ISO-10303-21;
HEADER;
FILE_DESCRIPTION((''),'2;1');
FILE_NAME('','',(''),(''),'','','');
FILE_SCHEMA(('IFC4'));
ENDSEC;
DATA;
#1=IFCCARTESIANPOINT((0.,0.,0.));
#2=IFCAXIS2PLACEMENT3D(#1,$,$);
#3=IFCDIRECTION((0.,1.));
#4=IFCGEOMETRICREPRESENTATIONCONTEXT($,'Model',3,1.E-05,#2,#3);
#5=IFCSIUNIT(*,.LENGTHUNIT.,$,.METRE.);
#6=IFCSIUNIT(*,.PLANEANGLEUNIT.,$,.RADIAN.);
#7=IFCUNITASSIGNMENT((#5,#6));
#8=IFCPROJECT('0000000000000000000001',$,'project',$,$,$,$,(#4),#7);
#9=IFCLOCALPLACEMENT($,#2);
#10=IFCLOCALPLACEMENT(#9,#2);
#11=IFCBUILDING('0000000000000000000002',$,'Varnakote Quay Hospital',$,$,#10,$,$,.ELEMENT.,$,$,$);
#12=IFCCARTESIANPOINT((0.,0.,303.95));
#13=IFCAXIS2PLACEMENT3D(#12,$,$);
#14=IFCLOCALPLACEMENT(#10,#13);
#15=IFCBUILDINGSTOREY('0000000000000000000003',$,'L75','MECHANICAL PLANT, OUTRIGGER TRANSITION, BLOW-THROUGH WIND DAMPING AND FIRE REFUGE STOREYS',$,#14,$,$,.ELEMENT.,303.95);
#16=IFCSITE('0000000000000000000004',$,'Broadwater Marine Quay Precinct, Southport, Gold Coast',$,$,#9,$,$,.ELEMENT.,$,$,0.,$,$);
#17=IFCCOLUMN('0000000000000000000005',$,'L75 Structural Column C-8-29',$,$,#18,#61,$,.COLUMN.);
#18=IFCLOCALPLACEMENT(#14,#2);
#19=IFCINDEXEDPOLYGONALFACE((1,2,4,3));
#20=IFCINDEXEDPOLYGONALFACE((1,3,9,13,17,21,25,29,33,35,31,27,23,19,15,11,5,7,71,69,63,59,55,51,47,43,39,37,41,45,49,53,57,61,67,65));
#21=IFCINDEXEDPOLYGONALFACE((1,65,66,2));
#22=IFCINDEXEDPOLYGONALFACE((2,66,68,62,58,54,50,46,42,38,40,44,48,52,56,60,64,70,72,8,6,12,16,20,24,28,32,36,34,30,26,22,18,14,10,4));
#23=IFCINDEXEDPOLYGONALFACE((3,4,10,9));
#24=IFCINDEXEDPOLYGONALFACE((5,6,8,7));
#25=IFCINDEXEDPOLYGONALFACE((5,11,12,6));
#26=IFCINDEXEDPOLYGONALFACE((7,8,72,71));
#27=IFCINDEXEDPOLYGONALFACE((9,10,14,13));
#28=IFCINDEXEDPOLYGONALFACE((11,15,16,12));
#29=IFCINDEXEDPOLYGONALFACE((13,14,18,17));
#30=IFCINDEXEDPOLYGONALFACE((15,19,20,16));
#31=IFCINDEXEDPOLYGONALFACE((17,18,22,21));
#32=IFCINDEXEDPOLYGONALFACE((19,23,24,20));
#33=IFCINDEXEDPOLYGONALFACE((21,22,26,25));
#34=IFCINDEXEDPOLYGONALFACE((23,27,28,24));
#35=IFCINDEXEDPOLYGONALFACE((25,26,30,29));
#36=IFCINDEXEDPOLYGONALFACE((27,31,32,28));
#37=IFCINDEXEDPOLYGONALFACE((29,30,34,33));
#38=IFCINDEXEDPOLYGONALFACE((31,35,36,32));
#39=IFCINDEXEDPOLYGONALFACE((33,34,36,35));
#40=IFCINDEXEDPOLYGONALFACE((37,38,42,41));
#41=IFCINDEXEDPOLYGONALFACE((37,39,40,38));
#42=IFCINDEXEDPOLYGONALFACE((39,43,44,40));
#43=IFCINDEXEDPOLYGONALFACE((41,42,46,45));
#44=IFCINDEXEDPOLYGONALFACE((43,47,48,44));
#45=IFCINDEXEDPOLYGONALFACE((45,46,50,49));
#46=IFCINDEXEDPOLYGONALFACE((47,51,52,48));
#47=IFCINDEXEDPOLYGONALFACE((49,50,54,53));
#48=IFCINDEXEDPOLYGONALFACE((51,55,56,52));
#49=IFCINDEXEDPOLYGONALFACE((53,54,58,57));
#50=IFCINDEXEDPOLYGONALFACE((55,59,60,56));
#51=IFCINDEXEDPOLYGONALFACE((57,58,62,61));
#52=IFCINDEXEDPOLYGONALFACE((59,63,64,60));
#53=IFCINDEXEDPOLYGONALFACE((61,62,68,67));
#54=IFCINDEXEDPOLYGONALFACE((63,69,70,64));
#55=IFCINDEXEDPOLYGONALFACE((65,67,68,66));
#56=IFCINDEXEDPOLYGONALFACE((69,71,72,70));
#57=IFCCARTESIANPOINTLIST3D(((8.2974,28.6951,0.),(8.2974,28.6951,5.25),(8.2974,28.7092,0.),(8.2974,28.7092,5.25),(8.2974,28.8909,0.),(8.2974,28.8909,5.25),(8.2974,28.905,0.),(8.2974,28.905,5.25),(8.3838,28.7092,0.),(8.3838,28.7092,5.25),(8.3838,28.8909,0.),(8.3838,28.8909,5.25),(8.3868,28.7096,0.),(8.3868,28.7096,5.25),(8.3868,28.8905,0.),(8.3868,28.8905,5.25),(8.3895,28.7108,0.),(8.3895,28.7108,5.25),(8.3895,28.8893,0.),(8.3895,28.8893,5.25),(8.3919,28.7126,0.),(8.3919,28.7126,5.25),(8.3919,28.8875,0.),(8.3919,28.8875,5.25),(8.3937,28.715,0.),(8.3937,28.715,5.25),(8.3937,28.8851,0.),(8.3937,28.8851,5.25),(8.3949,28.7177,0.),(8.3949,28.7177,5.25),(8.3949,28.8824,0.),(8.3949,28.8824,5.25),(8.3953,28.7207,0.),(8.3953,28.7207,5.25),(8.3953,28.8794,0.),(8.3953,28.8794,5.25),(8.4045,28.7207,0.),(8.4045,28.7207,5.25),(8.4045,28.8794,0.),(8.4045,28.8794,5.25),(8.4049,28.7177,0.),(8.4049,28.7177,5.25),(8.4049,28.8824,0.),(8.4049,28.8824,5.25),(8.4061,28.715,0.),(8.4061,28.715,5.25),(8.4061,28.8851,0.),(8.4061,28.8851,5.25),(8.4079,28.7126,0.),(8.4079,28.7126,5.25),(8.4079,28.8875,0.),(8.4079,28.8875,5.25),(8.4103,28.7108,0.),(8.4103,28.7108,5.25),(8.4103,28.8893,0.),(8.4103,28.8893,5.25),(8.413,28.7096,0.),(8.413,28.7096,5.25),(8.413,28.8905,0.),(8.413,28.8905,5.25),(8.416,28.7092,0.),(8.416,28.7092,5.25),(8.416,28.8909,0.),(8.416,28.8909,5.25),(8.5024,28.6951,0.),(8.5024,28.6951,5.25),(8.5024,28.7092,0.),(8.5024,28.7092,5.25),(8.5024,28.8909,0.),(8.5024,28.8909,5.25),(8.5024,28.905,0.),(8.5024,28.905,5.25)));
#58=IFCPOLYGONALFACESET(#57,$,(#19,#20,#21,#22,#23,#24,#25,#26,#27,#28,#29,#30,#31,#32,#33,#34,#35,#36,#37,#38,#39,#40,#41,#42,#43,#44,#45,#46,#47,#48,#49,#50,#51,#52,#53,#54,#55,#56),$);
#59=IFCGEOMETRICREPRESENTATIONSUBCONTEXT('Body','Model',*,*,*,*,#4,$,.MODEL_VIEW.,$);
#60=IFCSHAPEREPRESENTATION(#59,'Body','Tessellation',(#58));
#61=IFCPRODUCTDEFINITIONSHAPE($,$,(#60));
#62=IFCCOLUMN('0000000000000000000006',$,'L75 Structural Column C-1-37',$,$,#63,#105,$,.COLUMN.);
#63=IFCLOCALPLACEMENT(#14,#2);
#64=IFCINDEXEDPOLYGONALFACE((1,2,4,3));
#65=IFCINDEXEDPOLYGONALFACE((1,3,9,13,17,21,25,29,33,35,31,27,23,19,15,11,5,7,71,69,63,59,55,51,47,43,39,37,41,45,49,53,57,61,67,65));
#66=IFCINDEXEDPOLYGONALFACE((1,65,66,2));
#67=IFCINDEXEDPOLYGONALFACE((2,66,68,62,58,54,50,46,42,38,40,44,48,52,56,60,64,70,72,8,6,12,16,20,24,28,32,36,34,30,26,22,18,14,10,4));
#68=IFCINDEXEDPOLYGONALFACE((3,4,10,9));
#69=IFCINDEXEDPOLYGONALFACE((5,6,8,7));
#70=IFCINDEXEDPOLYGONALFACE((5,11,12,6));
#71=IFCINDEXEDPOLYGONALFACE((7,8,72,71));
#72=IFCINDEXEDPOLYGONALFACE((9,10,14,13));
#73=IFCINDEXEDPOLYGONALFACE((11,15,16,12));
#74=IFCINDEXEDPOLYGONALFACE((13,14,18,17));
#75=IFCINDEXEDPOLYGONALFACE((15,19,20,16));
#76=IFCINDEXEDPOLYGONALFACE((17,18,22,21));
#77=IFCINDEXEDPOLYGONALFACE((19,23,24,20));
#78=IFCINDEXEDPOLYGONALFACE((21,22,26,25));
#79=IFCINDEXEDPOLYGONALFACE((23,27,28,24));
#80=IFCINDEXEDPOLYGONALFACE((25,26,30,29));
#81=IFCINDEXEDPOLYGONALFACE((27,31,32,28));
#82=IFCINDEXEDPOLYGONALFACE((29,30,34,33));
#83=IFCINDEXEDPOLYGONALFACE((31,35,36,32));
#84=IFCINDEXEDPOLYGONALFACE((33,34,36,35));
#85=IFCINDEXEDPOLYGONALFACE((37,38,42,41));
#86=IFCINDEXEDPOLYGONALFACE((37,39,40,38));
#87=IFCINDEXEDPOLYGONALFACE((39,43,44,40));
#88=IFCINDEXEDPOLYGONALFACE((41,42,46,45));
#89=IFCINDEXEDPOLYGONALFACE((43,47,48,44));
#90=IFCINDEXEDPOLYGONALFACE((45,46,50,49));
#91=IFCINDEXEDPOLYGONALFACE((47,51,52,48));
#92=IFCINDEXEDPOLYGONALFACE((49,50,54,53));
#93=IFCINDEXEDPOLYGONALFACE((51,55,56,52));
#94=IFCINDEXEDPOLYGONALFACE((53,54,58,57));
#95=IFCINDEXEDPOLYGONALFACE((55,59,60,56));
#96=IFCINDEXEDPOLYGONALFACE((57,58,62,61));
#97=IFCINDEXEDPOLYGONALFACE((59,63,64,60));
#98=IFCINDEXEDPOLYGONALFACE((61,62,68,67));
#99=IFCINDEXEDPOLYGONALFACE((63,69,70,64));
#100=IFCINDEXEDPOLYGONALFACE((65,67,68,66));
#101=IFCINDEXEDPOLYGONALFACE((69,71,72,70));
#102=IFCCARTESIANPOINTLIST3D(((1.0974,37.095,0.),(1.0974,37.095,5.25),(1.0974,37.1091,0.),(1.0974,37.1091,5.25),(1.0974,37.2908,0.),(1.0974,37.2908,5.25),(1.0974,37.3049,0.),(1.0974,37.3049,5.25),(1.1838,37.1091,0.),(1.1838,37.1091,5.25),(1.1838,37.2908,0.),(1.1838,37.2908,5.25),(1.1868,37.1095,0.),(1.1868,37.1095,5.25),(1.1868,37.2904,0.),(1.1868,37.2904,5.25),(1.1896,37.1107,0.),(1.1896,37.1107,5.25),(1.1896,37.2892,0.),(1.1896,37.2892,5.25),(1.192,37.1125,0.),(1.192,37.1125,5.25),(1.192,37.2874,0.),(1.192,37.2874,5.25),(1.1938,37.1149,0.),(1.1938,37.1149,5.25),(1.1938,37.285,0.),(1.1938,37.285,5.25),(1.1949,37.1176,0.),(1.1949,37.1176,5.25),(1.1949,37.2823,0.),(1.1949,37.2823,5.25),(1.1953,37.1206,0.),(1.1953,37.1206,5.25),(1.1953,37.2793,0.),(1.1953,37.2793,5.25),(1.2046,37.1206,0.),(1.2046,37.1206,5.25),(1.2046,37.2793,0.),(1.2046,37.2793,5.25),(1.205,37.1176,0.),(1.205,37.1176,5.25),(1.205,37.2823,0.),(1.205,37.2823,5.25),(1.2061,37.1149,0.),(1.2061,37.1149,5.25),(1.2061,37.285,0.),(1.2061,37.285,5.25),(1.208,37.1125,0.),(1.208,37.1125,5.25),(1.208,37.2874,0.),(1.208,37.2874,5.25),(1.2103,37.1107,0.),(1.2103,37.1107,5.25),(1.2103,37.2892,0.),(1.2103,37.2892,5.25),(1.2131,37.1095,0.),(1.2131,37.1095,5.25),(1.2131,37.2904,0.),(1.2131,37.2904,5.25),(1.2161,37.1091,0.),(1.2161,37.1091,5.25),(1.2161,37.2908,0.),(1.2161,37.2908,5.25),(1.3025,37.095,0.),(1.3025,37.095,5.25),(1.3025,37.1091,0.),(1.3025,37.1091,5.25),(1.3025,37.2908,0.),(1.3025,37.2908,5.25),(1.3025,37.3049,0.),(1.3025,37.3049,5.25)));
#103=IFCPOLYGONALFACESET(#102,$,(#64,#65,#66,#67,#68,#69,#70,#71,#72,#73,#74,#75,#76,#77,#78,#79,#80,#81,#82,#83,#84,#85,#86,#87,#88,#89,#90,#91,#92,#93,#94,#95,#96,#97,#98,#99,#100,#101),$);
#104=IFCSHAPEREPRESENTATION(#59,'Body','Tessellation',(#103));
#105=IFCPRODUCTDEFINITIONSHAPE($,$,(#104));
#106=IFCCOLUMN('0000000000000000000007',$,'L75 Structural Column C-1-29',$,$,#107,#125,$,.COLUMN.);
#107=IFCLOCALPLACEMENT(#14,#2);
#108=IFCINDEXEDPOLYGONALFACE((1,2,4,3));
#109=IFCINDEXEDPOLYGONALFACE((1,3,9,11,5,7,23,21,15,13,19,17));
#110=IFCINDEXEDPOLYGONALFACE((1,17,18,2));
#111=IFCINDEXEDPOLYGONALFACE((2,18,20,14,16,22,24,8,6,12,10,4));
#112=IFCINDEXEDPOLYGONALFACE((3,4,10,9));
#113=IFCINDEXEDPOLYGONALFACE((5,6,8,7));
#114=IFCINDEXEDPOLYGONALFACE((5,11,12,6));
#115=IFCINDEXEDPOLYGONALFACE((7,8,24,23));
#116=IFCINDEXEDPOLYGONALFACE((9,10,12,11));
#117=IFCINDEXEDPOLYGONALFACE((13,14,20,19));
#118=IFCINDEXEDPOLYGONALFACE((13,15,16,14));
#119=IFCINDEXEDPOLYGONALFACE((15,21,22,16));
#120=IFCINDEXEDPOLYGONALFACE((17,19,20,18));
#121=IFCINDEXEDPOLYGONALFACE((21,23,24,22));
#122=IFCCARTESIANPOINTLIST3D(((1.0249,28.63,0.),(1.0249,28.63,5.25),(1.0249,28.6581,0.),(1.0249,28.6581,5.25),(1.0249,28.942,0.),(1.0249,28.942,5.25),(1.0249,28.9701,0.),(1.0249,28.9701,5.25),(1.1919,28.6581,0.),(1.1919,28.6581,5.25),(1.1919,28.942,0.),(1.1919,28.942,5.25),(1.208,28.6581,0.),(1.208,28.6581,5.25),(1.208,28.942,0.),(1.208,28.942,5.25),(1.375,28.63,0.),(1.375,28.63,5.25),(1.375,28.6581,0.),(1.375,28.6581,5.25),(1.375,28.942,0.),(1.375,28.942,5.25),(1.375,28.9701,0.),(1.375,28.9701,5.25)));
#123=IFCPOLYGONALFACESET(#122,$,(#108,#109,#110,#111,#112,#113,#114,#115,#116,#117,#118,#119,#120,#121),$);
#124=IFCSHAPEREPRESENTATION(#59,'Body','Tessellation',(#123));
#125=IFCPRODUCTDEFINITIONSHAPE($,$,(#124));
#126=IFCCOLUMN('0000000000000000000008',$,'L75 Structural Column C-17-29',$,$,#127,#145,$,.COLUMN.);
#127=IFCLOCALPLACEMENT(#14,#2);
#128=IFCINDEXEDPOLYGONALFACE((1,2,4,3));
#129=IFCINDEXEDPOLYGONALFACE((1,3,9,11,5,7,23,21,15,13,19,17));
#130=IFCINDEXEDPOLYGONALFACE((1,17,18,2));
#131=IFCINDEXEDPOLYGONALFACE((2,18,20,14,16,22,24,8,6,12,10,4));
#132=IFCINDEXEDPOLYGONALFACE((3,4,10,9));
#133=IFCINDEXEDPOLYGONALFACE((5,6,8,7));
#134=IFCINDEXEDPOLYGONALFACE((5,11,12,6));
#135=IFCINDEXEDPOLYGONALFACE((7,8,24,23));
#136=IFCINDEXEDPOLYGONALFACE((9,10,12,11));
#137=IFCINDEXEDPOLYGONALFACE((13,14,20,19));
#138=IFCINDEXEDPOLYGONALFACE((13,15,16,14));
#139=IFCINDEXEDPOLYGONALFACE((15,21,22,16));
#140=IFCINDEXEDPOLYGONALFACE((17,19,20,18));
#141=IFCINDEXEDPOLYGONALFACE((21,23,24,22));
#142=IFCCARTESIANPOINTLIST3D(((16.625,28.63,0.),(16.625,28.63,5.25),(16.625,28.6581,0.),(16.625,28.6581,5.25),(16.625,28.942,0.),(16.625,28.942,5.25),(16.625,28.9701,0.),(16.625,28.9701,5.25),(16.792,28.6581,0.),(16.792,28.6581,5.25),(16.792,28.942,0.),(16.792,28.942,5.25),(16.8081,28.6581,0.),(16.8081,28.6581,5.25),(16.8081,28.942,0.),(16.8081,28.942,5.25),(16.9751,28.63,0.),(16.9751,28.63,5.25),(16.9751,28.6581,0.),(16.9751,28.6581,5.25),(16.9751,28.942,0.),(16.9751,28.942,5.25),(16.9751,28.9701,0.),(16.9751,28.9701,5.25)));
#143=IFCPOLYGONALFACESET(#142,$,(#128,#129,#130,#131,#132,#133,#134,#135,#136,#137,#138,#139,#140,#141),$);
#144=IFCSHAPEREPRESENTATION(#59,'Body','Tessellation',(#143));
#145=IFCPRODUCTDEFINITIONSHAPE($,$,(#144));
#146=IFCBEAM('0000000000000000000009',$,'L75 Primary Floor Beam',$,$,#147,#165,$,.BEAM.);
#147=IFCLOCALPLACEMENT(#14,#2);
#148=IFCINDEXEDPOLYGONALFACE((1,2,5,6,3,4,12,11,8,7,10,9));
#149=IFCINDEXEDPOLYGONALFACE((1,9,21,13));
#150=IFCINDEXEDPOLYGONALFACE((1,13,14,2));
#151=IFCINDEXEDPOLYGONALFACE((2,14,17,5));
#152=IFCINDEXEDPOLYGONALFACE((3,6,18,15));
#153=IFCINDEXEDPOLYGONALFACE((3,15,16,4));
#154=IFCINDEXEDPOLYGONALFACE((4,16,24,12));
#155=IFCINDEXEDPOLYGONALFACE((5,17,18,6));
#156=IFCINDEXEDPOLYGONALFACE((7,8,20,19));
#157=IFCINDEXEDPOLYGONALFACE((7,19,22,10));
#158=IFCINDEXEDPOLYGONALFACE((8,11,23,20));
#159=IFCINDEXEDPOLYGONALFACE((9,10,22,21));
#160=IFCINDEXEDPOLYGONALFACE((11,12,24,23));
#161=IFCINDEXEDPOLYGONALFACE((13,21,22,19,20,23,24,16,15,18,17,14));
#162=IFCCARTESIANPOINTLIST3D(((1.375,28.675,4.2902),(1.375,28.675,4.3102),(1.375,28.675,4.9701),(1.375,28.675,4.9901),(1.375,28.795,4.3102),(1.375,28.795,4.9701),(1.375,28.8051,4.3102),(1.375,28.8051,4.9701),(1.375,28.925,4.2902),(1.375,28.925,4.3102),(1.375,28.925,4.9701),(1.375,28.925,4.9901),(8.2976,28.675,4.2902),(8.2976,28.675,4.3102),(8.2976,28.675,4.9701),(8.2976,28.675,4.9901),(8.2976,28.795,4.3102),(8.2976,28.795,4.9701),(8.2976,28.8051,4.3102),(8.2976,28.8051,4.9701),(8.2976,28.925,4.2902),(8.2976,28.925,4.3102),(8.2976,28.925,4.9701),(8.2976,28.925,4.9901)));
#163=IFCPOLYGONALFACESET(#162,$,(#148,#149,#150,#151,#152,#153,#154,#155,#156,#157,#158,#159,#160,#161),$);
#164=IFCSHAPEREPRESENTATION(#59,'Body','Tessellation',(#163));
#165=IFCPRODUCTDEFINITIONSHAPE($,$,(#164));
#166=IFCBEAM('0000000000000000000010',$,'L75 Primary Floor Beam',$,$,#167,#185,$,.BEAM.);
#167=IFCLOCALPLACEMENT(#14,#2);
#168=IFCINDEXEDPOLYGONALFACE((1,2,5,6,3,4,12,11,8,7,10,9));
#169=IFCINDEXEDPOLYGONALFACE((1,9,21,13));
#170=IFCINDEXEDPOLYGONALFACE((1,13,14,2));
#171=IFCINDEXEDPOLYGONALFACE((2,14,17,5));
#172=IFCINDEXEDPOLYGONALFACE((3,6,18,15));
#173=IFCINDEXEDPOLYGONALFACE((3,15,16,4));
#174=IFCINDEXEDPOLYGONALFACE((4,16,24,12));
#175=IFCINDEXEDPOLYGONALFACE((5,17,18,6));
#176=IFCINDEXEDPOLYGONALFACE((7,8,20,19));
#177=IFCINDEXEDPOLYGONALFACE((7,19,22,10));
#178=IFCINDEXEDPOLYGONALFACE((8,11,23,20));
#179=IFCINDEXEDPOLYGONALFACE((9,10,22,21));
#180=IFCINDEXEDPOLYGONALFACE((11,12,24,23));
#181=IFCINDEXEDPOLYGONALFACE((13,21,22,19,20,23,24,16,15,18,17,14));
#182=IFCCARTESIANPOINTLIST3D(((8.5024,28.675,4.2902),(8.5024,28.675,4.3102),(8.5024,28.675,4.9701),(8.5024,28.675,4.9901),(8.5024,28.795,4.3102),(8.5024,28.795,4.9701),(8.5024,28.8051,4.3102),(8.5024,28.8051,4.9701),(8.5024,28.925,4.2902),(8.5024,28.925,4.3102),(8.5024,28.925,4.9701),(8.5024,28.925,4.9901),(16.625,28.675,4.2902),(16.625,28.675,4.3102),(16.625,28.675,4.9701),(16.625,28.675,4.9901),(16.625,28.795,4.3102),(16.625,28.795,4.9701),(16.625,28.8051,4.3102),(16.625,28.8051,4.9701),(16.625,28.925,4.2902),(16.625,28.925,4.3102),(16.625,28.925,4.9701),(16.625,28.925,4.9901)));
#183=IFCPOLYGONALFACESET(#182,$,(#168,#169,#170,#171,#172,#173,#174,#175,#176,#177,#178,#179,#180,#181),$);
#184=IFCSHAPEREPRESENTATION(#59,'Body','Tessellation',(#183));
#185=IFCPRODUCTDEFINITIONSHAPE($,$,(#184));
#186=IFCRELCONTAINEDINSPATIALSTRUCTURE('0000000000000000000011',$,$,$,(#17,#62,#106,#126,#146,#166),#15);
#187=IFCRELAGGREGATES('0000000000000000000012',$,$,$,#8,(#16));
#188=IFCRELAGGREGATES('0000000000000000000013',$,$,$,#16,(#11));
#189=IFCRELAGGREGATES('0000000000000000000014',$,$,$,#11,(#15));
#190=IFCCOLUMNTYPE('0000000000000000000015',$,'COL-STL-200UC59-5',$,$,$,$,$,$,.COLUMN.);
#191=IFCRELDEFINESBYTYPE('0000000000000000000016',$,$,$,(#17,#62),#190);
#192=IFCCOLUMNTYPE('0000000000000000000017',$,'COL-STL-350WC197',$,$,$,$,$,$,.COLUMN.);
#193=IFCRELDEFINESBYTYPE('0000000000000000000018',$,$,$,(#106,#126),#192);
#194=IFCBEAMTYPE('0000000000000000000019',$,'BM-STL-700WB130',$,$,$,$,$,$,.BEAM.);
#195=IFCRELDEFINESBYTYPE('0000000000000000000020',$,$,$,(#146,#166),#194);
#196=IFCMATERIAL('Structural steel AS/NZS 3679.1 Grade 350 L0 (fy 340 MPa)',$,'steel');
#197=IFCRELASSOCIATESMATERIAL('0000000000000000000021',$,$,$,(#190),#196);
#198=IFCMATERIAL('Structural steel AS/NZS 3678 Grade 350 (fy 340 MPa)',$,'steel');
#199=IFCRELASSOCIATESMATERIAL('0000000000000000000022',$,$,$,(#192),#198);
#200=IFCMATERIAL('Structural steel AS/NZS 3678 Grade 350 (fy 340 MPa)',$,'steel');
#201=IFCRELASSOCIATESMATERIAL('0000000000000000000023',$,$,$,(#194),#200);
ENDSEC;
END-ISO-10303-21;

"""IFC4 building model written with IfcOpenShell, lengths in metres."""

from ifc_helpers import new_model, si_unit, direction, frame, origin, origin_2d, place, context, subcontext, project, spatial, i_section, extrude, material, material_profile, profile_set, type_object, element, save


model = new_model("IFC4")

# Units and contexts
model_context = context("Model", 3, precision=1e-05, world=origin(), true_north=direction((0.0, 1.0)))
body_context = subcontext(model_context, "Body", "Model", "MODEL_VIEW")
ifc_project = project(units=[si_unit("LENGTHUNIT", "METRE"), si_unit("PLANEANGLEUNIT", "RADIAN")], contexts=[model_context])

# Site, building, storey
site_placement = place(None, origin())
site = spatial("IfcSite", under=ifc_project, at=site_placement, Name="Broadwater Marine Quay Precinct, Southport, Gold Coast", CompositionType="ELEMENT", RefElevation=0.0)
building_placement = place(site_placement, origin())
building = spatial("IfcBuilding", under=site, at=building_placement, Name="Varnakote Quay Hospital", CompositionType="ELEMENT")
storey_placement = place(building_placement, frame((0.0, 0.0, 303.95)))
storey = spatial("IfcBuildingStorey", under=building, at=storey_placement, Name="L75", Description="MECHANICAL PLANT, OUTRIGGER TRANSITION, BLOW-THROUGH WIND DAMPING AND FIRE REFUGE STOREYS", CompositionType="ELEMENT", Elevation=303.95)

# Columns
ifc_material_1 = material(Name="Structural steel AS/NZS 3679.1 Grade 350 L0 (fy 340 MPa)", Category="steel")
ifc_material_profile_1 = material_profile(ifc_material_1, i_section(OverallWidth=0.2051, OverallDepth=0.21, WebThickness=0.0093, FlangeThickness=0.0142, FilletRadius=0.0115, at=origin_2d()), Name="200UC59.5")
ifc_profile_set_1 = profile_set([ifc_material_profile_1], Name="Structural steel AS/NZS 3679.1 Grade 350 L0 (fy 340 MPa)")
column_type_1 = type_object("IfcColumnType", Name="COL-STL-200UC59-5", PredefinedType="COLUMN", material=ifc_profile_set_1)
for number, where, z_axis, x_axis, name in (
    (1, (8.3999, 28.8, 0.0), (0.0, 0.0, 1.0), (1.0, 0.0, 0.0), "L75 Structural Column C-8-29"),
    (2, (1.2, 37.2, 0.0), (0.0, 0.0, 1.0), (1.0, 0.0, 0.0), "L75 Structural Column C-1-37"),
):
    element("IfcColumn", number, at=place(storey_placement, frame(where, z_axis=z_axis, x_axis=x_axis)), inside=storey, type_object=column_type_1, Name=name, PredefinedType="COLUMN", context=body_context, shape_type="SweptSolid", body=[
        extrude(i_section(OverallWidth=0.2051, OverallDepth=0.21, WebThickness=0.0093, FlangeThickness=0.0142, FilletRadius=0.0115, at=origin_2d()), origin(), (0.0, 0.0, 1.0), 5.25),
    ])
ifc_material_2 = material(Name="Structural steel AS/NZS 3678 Grade 350 (fy 340 MPa)", Category="steel")
ifc_material_profile_2 = material_profile(ifc_material_2, i_section(OverallWidth=0.3501, OverallDepth=0.3401, WebThickness=0.0161, FlangeThickness=0.0281, at=origin_2d()), Name="350WC197")
ifc_profile_set_2 = profile_set([ifc_material_profile_2], Name="Structural steel AS/NZS 3678 Grade 350 (fy 340 MPa)")
column_type_2 = type_object("IfcColumnType", Name="COL-STL-350WC197", PredefinedType="COLUMN", material=ifc_profile_set_2)
for number, where, z_axis, x_axis, name in (
    (3, (1.2, 28.8, 0.0), (0.0, 0.0, 1.0), (1.0, 0.0, 0.0), "L75 Structural Column C-1-29"),
    (4, (16.8, 28.8, 0.0), (0.0, 0.0, 1.0), (1.0, 0.0, 0.0), "L75 Structural Column C-17-29"),
):
    element("IfcColumn", number, at=place(storey_placement, frame(where, z_axis=z_axis, x_axis=x_axis)), inside=storey, type_object=column_type_2, Name=name, PredefinedType="COLUMN", context=body_context, shape_type="SweptSolid", body=[
        extrude(i_section(OverallWidth=0.3501, OverallDepth=0.3401, WebThickness=0.0161, FlangeThickness=0.0281, at=origin_2d()), origin(), (0.0, 0.0, 1.0), 5.25),
    ])

# Beams
ifc_material_3 = material(Name="Structural steel AS/NZS 3678 Grade 350 (fy 340 MPa)", Category="steel")
ifc_material_profile_3 = material_profile(ifc_material_3, i_section(OverallWidth=0.25, OverallDepth=0.7, WebThickness=0.01, FlangeThickness=0.02, at=origin_2d()), Name="700WB130")
ifc_profile_set_3 = profile_set([ifc_material_profile_3], Name="Structural steel AS/NZS 3678 Grade 350 (fy 340 MPa)")
beam_type_1 = type_object("IfcBeamType", Name="BM-STL-700WB130", PredefinedType="BEAM", material=ifc_profile_set_3)
beam_1_placement = place(storey_placement, frame((1.375, 28.8, 4.6401), z_axis=(1.0, 0.0, 0.0), x_axis=(0.0, 1.0, 0.0)))
element("IfcBeam", 5, at=beam_1_placement, inside=storey, type_object=beam_type_1, Name="L75 Primary Floor Beam", PredefinedType="BEAM", context=body_context, shape_type="SweptSolid", body=[
    extrude(i_section(OverallWidth=0.25, OverallDepth=0.7, WebThickness=0.01, FlangeThickness=0.02, at=origin_2d()), origin(), (0.0, 0.0, 1.0), 6.9226),
])
beam_2_placement = place(storey_placement, frame((8.5024, 28.8, 4.6401), z_axis=(1.0, 0.0, 0.0), x_axis=(0.0, 1.0, 0.0)))
element("IfcBeam", 6, at=beam_2_placement, inside=storey, type_object=beam_type_1, Name="L75 Primary Floor Beam", PredefinedType="BEAM", context=body_context, shape_type="SweptSolid", body=[
    extrude(i_section(OverallWidth=0.25, OverallDepth=0.7, WebThickness=0.01, FlangeThickness=0.02, at=origin_2d()), origin(), (0.0, 0.0, 1.0), 8.1226),
])

save(model, "model.ifc")
